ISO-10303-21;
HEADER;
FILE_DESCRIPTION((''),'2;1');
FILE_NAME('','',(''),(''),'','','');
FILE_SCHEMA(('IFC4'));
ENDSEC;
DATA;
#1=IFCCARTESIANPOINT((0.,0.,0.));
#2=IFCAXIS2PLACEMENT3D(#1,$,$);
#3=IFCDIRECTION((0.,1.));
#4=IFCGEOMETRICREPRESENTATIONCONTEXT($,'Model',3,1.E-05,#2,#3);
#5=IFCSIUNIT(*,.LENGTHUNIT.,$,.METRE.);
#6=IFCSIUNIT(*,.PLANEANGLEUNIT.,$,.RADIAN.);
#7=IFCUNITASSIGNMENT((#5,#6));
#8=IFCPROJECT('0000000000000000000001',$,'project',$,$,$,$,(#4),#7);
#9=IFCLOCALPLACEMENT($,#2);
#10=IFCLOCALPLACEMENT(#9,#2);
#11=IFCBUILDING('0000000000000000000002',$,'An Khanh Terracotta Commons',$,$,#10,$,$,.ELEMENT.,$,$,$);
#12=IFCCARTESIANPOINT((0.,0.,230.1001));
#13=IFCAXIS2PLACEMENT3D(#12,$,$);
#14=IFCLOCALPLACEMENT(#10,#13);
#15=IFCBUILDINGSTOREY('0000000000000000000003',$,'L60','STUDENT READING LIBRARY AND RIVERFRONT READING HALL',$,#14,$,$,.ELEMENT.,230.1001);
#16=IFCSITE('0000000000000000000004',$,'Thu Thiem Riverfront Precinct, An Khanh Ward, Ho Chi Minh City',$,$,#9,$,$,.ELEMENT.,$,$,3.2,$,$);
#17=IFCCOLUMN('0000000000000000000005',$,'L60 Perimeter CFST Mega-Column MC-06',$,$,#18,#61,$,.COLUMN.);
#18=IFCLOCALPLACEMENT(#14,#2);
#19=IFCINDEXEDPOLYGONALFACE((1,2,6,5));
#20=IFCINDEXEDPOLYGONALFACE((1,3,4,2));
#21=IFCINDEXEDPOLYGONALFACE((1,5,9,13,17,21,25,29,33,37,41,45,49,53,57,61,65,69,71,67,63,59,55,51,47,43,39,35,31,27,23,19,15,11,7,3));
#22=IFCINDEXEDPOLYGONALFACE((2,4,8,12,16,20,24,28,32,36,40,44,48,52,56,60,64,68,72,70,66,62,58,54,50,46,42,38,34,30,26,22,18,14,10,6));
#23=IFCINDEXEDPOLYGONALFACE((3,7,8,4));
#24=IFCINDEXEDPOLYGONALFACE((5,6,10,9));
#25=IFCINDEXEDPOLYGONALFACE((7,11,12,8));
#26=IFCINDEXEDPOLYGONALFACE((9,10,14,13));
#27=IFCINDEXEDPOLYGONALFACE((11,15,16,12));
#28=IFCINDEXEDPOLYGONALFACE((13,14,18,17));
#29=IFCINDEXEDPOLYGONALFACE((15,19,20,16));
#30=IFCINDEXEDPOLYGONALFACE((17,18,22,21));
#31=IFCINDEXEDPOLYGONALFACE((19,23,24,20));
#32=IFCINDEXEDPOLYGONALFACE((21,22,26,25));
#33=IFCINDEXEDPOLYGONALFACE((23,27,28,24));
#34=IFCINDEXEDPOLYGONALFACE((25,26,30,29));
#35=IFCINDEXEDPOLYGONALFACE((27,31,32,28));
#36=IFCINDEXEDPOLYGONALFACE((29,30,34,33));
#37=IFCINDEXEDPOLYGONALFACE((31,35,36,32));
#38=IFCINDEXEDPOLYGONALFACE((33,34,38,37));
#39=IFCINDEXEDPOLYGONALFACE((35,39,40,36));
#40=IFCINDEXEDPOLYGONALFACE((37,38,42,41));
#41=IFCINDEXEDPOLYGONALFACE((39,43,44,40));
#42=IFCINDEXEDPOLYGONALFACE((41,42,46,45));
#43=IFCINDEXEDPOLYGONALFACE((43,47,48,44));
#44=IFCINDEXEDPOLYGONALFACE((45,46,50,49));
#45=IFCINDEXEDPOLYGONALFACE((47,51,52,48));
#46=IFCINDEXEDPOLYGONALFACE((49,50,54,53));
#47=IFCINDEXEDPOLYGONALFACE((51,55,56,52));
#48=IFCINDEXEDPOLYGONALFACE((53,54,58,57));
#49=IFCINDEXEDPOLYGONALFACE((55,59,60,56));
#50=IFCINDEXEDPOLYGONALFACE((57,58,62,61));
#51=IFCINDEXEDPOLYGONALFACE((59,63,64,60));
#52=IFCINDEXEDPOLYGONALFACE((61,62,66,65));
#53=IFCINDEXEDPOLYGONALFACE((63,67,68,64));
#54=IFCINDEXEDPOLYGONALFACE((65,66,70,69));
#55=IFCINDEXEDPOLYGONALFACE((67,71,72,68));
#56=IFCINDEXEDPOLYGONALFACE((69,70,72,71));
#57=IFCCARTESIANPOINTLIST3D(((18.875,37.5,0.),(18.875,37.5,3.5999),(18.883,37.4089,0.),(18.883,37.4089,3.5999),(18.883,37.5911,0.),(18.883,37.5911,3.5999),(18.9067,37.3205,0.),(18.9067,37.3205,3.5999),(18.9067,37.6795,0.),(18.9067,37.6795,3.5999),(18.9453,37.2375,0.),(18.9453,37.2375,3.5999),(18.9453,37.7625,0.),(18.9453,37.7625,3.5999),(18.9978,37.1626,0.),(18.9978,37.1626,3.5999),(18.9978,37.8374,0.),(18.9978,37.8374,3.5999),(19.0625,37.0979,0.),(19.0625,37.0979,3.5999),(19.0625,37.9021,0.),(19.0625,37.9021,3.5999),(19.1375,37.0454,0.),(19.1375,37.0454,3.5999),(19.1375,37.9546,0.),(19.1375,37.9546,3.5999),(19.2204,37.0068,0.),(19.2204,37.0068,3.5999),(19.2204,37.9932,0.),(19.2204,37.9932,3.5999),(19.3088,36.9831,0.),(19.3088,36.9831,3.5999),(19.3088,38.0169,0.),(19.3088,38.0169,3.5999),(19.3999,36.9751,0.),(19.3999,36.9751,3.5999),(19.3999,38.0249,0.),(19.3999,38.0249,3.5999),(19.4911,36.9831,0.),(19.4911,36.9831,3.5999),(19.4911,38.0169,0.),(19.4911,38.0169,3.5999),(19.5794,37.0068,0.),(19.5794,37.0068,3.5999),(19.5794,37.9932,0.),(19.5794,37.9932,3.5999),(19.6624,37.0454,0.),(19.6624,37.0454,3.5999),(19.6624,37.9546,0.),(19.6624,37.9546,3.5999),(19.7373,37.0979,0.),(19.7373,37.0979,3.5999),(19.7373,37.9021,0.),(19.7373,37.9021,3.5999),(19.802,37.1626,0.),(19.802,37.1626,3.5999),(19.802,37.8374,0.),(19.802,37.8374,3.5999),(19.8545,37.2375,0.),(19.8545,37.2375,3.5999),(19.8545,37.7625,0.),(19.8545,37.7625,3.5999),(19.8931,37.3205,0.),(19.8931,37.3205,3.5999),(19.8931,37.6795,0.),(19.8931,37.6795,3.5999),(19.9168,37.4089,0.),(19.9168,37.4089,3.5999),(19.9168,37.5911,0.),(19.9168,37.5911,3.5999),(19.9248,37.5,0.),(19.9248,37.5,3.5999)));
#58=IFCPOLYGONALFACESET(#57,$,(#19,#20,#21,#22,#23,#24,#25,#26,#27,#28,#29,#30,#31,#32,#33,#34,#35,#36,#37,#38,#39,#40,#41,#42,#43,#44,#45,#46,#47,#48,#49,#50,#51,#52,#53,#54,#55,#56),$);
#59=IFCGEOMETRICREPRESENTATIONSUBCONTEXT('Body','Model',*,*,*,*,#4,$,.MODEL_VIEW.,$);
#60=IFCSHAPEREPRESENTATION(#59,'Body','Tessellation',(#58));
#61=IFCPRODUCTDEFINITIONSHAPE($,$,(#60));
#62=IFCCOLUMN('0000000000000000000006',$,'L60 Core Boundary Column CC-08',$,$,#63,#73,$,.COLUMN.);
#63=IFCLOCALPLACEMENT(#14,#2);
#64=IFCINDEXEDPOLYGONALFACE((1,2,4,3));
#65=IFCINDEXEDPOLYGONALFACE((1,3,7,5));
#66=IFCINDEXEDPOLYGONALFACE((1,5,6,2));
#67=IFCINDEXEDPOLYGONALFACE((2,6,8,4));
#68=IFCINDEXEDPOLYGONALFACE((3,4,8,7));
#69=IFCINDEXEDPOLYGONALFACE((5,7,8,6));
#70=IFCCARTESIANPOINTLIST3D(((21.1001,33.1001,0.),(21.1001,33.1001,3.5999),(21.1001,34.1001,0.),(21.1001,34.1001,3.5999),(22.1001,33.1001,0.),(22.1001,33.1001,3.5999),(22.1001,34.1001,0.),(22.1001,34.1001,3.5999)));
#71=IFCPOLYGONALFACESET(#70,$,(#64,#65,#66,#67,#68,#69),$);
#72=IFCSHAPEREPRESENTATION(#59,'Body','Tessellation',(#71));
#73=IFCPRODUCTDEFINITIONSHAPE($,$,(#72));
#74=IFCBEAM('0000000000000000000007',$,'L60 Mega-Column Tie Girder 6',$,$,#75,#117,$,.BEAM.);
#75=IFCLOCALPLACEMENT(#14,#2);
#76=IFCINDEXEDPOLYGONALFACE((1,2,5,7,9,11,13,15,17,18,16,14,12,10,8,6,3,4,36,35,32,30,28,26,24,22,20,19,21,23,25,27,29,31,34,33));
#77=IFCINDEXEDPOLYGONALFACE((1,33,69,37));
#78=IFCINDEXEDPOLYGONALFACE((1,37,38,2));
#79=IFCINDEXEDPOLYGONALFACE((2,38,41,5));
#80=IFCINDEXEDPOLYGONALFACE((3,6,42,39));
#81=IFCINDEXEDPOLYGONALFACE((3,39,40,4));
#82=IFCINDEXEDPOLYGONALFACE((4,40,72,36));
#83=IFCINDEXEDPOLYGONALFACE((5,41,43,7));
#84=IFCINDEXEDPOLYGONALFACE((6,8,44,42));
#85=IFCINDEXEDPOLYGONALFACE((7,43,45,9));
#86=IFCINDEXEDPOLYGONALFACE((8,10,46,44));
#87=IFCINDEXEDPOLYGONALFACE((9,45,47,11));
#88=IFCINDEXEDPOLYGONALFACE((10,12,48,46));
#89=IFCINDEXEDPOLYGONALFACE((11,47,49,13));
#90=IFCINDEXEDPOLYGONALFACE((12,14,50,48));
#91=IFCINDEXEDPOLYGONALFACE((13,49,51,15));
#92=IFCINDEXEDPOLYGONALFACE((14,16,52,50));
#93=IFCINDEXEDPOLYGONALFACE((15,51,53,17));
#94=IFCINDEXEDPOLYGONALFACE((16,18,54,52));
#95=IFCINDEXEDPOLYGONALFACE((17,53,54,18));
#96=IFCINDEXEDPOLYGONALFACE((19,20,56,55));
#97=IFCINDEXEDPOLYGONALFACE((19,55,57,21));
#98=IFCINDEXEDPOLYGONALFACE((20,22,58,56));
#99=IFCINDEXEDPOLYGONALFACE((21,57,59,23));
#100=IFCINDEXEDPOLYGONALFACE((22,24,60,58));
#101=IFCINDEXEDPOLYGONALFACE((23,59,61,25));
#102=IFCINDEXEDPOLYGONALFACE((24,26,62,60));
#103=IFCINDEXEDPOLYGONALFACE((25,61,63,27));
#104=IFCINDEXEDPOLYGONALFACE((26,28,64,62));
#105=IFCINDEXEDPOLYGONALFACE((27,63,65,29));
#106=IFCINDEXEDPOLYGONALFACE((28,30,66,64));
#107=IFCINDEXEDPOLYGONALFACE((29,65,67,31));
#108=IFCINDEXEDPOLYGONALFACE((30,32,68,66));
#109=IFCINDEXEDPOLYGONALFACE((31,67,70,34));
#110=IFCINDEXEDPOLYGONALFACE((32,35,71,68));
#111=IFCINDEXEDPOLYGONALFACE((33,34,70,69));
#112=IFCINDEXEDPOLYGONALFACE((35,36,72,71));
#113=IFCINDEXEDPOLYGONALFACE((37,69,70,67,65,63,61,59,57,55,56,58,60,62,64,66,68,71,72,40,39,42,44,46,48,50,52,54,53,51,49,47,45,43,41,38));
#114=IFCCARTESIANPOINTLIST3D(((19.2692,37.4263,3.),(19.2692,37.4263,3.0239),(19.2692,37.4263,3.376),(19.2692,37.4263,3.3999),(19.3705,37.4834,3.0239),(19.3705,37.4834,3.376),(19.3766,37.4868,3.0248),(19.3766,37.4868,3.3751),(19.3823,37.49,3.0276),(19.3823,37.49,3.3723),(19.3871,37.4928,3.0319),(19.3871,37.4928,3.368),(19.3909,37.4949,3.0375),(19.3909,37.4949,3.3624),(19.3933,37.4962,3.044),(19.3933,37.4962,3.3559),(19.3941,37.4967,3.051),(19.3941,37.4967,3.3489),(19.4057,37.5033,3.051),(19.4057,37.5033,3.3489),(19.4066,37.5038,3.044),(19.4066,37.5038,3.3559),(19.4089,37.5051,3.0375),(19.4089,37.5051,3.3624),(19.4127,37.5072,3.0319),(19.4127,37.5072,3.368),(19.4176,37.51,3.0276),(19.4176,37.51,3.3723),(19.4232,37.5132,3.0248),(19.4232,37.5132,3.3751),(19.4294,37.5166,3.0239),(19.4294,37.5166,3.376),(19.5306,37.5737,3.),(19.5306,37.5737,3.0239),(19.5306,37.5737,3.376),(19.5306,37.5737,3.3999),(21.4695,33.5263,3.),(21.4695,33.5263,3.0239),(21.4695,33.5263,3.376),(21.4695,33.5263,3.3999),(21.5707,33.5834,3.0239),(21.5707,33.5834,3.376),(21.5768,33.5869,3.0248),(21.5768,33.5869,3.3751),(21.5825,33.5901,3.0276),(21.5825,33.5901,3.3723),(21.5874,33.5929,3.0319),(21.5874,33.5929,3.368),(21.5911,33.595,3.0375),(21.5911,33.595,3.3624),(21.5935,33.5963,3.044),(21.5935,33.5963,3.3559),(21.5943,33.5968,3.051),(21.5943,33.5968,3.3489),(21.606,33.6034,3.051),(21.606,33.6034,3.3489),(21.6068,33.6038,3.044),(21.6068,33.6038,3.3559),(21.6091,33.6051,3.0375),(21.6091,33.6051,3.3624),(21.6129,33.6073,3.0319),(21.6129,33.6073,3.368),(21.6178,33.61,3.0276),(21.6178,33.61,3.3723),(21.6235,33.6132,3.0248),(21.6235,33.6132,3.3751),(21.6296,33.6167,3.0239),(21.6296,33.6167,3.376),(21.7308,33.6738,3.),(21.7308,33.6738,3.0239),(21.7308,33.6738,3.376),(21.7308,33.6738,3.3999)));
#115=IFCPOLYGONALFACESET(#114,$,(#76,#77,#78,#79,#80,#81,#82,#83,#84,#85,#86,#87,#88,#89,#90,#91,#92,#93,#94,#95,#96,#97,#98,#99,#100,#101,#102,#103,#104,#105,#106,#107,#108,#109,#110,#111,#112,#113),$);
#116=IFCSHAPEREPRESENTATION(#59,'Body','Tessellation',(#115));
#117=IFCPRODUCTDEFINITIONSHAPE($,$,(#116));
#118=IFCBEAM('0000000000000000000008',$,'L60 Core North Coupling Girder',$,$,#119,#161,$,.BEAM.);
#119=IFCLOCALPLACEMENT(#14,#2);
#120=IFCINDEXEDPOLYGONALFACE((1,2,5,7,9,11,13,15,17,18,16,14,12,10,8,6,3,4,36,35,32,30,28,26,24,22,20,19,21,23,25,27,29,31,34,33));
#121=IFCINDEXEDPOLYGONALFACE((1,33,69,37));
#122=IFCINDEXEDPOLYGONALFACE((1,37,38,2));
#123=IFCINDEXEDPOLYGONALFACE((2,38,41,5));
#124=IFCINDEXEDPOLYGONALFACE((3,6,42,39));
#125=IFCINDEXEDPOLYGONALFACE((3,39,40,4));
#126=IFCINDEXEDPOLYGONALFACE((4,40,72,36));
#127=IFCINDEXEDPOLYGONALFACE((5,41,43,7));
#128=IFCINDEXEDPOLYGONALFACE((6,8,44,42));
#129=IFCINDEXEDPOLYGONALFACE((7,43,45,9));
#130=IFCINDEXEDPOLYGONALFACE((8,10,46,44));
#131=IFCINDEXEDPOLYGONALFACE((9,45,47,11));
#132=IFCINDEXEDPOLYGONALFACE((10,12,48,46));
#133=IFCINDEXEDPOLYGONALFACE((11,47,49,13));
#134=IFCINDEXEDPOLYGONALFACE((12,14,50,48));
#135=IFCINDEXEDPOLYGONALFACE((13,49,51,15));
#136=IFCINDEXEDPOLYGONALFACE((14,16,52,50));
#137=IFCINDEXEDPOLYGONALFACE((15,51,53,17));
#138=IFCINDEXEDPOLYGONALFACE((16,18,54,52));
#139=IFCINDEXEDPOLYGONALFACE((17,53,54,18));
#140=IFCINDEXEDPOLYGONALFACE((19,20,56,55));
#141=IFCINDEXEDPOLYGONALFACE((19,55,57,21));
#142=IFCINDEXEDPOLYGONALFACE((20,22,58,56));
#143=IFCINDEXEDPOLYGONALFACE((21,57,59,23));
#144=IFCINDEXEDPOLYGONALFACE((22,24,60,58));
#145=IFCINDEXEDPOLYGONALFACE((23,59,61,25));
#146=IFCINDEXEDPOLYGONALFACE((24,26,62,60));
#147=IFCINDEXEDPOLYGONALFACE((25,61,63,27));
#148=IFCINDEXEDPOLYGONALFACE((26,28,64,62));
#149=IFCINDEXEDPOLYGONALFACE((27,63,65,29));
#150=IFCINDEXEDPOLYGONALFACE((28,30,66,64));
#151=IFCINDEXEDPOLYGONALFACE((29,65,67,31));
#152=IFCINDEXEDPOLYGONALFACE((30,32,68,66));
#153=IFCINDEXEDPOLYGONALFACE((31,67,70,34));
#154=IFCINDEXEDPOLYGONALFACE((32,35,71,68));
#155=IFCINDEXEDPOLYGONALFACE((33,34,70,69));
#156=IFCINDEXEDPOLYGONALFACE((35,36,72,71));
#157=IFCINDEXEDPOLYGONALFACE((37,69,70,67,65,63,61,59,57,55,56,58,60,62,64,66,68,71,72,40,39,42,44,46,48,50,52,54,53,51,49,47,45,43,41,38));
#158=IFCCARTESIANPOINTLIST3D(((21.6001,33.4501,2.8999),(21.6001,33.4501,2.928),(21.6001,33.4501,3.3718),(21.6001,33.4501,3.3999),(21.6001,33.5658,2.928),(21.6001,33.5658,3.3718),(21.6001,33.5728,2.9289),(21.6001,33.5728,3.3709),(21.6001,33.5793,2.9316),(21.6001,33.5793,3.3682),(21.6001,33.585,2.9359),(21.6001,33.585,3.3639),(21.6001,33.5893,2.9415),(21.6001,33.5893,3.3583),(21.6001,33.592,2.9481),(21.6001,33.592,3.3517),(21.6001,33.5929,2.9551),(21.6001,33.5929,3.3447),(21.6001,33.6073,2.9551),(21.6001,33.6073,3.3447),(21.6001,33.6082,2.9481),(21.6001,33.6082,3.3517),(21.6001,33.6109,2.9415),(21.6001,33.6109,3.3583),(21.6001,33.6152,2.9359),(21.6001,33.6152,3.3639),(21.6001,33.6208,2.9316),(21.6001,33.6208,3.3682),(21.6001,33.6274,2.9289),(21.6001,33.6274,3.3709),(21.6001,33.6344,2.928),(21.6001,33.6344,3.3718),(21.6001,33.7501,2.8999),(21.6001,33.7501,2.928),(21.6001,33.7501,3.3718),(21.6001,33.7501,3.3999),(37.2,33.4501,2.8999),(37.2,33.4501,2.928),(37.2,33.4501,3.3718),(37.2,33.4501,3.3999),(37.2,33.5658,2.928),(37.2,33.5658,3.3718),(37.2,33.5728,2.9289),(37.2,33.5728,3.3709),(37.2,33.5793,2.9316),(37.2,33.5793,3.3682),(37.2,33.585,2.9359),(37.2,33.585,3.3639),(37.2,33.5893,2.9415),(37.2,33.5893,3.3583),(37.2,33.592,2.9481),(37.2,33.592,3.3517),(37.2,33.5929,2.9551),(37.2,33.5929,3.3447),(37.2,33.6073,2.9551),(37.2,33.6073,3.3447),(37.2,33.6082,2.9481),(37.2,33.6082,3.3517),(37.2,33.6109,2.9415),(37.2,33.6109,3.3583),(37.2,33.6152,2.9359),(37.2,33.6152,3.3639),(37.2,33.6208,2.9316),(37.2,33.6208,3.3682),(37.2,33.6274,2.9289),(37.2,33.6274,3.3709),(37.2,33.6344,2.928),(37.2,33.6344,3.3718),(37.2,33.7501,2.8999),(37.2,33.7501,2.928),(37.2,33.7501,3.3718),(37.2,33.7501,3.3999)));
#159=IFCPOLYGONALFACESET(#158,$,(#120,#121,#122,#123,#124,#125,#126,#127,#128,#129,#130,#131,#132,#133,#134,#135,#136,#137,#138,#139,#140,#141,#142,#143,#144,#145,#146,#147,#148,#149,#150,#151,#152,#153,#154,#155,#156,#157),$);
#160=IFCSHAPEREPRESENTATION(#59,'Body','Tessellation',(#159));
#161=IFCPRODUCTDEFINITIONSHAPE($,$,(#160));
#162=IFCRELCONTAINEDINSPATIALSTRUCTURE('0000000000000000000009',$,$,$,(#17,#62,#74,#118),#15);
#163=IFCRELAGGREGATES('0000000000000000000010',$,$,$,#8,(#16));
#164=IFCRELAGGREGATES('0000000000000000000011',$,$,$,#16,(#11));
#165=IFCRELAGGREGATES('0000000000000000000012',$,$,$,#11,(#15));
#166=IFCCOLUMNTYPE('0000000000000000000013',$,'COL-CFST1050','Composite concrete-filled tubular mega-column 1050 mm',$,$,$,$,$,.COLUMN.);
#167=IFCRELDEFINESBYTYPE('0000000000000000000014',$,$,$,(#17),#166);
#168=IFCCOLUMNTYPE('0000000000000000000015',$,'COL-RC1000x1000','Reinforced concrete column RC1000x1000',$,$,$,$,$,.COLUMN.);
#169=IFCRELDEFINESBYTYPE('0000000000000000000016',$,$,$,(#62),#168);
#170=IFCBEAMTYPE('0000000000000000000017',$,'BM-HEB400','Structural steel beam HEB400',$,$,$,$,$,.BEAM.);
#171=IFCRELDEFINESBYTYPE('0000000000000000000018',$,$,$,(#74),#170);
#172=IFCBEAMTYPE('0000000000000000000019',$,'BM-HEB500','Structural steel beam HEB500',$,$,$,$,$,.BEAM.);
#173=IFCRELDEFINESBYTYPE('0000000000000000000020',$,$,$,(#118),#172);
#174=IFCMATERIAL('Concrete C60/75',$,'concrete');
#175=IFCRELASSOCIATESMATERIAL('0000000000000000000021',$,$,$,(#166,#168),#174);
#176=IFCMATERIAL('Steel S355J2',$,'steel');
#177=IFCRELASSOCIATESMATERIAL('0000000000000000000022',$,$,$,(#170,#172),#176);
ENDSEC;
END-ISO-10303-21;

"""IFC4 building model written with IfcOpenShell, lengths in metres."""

from ifc_helpers import new_model, si_unit, direction, frame, origin, origin_2d, place, context, subcontext, project, spatial, rectangle, circle, i_section, extrude, material, material_profile, profile_set, type_object, element, save


model = new_model("IFC4")

# Units and contexts
model_context = context("Model", 3, precision=1e-05, world=origin(), true_north=direction((0.0, 1.0)))
body_context = subcontext(model_context, "Body", "Model", "MODEL_VIEW")
ifc_project = project(units=[si_unit("LENGTHUNIT", "METRE"), si_unit("PLANEANGLEUNIT", "RADIAN")], contexts=[model_context])

# Site, building, storey
site_placement = place(None, origin())
site = spatial("IfcSite", under=ifc_project, at=site_placement, Name="Thu Thiem Riverfront Precinct, An Khanh Ward, Ho Chi Minh City", CompositionType="ELEMENT", RefElevation=3.2)
building_placement = place(site_placement, origin())
building = spatial("IfcBuilding", under=site, at=building_placement, Name="An Khanh Terracotta Commons", CompositionType="ELEMENT")
storey_placement = place(building_placement, frame((0.0, 0.0, 230.1001)))
storey = spatial("IfcBuildingStorey", under=building, at=storey_placement, Name="L60", Description="STUDENT READING LIBRARY AND RIVERFRONT READING HALL", CompositionType="ELEMENT", Elevation=230.1001)

# Columns
ifc_material_1 = material(Name="Concrete C60/75", Category="concrete")
ifc_material_profile_1 = material_profile(ifc_material_1, circle(Radius=0.5249, at=origin_2d()), Name="CFST1050")
ifc_profile_set_1 = profile_set([ifc_material_profile_1], Name="Concrete C60/75")
column_type_1 = type_object("IfcColumnType", Name="COL-CFST1050", Description="Composite concrete-filled tubular mega-column 1050 mm", PredefinedType="COLUMN", material=ifc_profile_set_1)
column_1_placement = place(storey_placement, frame((19.3999, 37.5, 0.0), z_axis=(0.0, 0.0, 1.0), x_axis=(1.0, 0.0, 0.0)))
element("IfcColumn", 1, at=column_1_placement, inside=storey, type_object=column_type_1, Name="L60 Perimeter CFST Mega-Column MC-06", PredefinedType="COLUMN", context=body_context, shape_type="SweptSolid", body=[
    extrude(circle(Radius=0.5249, at=origin_2d()), origin(), (0.0, 0.0, 1.0), 3.5999),
])
ifc_material_profile_2 = material_profile(ifc_material_1, rectangle(XDim=1.0, YDim=1.0, at=origin_2d()), Name="RC1000x1000")
ifc_profile_set_2 = profile_set([ifc_material_profile_2], Name="Concrete C60/75")
column_type_2 = type_object("IfcColumnType", Name="COL-RC1000x1000", Description="Reinforced concrete column RC1000x1000", PredefinedType="COLUMN", material=ifc_profile_set_2)
column_2_placement = place(storey_placement, frame((21.6001, 33.6001, 0.0), z_axis=(0.0, 0.0, 1.0), x_axis=(1.0, 0.0, 0.0)))
element("IfcColumn", 2, at=column_2_placement, inside=storey, type_object=column_type_2, Name="L60 Core Boundary Column CC-08", PredefinedType="COLUMN", context=body_context, shape_type="SweptSolid", body=[
    extrude(rectangle(XDim=1.0, YDim=1.0, at=origin_2d()), origin(), (0.0, 0.0, 1.0), 3.5999),
])

# Beams
ifc_material_2 = material(Name="Steel S355J2", Category="steel")
ifc_material_profile_3 = material_profile(ifc_material_2, i_section(OverallWidth=0.3, OverallDepth=0.3999, WebThickness=0.0134, FlangeThickness=0.0239, FilletRadius=0.0271, at=origin_2d()), Name="HEB400")
ifc_profile_set_3 = profile_set([ifc_material_profile_3], Name="Steel S355J2")
beam_type_1 = type_object("IfcBeamType", Name="BM-HEB400", Description="Structural steel beam HEB400", PredefinedType="BEAM", material=ifc_profile_set_3)
beam_1_placement = place(storey_placement, frame((19.3999, 37.5, 3.2), z_axis=(0.491364, -0.870955, 0.0), x_axis=(0.870955, 0.491364, 0.0)))
element("IfcBeam", 3, at=beam_1_placement, inside=storey, type_object=beam_type_1, Name="L60 Mega-Column Tie Girder 6", PredefinedType="BEAM", context=body_context, shape_type="SweptSolid", body=[
    extrude(i_section(OverallWidth=0.3, OverallDepth=0.3999, WebThickness=0.0134, FlangeThickness=0.0239, FilletRadius=0.0271, at=origin_2d()), origin(), (0.0, 0.0, 1.0), 4.4778),
])
ifc_material_profile_4 = material_profile(ifc_material_2, i_section(OverallWidth=0.3, OverallDepth=0.5, WebThickness=0.0144, FlangeThickness=0.0281, FilletRadius=0.0271, at=origin_2d()), Name="HEB500")
ifc_profile_set_4 = profile_set([ifc_material_profile_4], Name="Steel S355J2")
beam_type_2 = type_object("IfcBeamType", Name="BM-HEB500", Description="Structural steel beam HEB500", PredefinedType="BEAM", material=ifc_profile_set_4)
beam_2_placement = place(storey_placement, frame((21.6001, 33.6001, 3.1499), z_axis=(1.0, 0.0, 0.0), x_axis=(0.0, 1.0, 0.0)))
element("IfcBeam", 4, at=beam_2_placement, inside=storey, type_object=beam_type_2, Name="L60 Core North Coupling Girder", PredefinedType="BEAM", context=body_context, shape_type="SweptSolid", body=[
    extrude(i_section(OverallWidth=0.3, OverallDepth=0.5, WebThickness=0.0144, FlangeThickness=0.0281, FilletRadius=0.0271, at=origin_2d()), origin(), (0.0, 0.0, 1.0), 15.5999),
])

save(model, "model.ifc")
